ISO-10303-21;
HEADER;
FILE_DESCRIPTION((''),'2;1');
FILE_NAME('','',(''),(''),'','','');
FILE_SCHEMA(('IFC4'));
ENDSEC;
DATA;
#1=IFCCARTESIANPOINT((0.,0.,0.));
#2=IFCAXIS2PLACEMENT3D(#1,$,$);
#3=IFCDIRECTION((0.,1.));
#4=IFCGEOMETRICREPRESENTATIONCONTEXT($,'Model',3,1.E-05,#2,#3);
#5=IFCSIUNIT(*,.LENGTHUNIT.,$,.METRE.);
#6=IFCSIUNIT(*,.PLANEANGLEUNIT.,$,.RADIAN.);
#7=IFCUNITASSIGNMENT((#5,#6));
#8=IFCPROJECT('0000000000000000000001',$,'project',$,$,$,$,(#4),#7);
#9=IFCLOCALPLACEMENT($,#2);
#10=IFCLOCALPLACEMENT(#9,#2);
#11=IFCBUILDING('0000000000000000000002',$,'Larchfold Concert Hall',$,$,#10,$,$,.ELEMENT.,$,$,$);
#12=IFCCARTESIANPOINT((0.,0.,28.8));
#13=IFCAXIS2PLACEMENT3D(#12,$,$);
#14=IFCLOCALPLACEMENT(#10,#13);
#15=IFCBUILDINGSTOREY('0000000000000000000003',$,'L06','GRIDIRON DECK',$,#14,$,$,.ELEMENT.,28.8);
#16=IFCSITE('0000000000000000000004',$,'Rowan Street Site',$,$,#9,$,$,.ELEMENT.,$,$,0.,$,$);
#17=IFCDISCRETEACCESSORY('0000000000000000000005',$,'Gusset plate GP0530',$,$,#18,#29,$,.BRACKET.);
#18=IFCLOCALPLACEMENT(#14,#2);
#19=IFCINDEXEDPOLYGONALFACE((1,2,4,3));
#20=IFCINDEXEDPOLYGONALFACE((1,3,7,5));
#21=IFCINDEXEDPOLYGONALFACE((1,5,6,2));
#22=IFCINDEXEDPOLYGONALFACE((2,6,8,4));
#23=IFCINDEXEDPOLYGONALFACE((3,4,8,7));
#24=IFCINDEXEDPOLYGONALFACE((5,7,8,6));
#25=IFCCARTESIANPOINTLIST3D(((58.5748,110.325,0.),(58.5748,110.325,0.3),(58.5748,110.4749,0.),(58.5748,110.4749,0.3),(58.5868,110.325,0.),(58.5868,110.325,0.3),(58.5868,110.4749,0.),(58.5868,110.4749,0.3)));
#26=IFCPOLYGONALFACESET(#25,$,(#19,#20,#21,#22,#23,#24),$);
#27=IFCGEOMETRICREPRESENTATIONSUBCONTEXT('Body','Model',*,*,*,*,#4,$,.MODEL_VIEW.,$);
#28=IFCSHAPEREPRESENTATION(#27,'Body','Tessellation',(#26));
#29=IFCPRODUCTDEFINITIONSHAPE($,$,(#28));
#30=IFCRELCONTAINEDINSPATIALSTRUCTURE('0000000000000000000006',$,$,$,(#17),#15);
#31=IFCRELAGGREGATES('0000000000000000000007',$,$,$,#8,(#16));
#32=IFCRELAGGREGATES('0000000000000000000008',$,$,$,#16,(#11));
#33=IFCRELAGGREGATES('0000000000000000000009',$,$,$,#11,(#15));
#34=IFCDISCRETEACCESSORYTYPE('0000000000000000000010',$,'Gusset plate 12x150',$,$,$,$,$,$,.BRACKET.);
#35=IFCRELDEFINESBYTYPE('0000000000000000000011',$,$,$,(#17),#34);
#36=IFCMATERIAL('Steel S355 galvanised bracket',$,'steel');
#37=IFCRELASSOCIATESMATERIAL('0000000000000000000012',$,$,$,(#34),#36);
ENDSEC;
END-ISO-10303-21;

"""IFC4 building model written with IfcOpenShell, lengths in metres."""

from ifc_helpers import new_model, si_unit, direction, frame, origin, origin_2d, place, context, subcontext, project, spatial, rectangle, extrude, material, material_profile, profile_set, type_object, element, save


model = new_model("IFC4")

# Units and contexts
model_context = context("Model", 3, precision=1e-05, world=origin(), true_north=direction((0.0, 1.0)))
body_context = subcontext(model_context, "Body", "Model", "MODEL_VIEW")
ifc_project = project(units=[si_unit("LENGTHUNIT", "METRE"), si_unit("PLANEANGLEUNIT", "RADIAN")], contexts=[model_context])

# Site, building, storey
site_placement = place(None, origin())
site = spatial("IfcSite", under=ifc_project, at=site_placement, Name="Rowan Street Site", CompositionType="ELEMENT", RefElevation=0.0)
building_placement = place(site_placement, origin())
building = spatial("IfcBuilding", under=site, at=building_placement, Name="Larchfold Concert Hall", CompositionType="ELEMENT")
storey_placement = place(building_placement, frame((0.0, 0.0, 28.8)))
storey = spatial("IfcBuildingStorey", under=building, at=storey_placement, Name="L06", Description="GRIDIRON DECK", CompositionType="ELEMENT", Elevation=28.8)

# Discrete accessory
ifc_material_1 = material(Name="Steel S355 galvanised bracket", Category="steel")
ifc_material_profile_1 = material_profile(ifc_material_1, rectangle(XDim=0.012, YDim=0.1499, at=origin_2d()))
ifc_profile_set_1 = profile_set([ifc_material_profile_1], Name="Steel S355 galvanised bracket")
discrete_accessory_type = type_object("IfcDiscreteAccessoryType", Name="Gusset plate 12x150", PredefinedType="BRACKET", material=ifc_profile_set_1)
for number, where, z_axis, x_axis, name in (
    (1, (58.5808, 110.3999, 0.3), (0.0, 0.0, -1.0), (1.0, 0.0, 0.0), "Gusset plate GP0530"),
):
    element("IfcDiscreteAccessory", number, at=place(storey_placement, frame(where, z_axis=z_axis, x_axis=x_axis)), inside=storey, type_object=discrete_accessory_type, Name=name, PredefinedType="BRACKET", context=body_context, shape_type="SweptSolid", body=[
        extrude(rectangle(XDim=0.012, YDim=0.1499, at=origin_2d()), origin(), (0.0, 0.0, 1.0), 0.3),
    ])

save(model, "model.ifc")
